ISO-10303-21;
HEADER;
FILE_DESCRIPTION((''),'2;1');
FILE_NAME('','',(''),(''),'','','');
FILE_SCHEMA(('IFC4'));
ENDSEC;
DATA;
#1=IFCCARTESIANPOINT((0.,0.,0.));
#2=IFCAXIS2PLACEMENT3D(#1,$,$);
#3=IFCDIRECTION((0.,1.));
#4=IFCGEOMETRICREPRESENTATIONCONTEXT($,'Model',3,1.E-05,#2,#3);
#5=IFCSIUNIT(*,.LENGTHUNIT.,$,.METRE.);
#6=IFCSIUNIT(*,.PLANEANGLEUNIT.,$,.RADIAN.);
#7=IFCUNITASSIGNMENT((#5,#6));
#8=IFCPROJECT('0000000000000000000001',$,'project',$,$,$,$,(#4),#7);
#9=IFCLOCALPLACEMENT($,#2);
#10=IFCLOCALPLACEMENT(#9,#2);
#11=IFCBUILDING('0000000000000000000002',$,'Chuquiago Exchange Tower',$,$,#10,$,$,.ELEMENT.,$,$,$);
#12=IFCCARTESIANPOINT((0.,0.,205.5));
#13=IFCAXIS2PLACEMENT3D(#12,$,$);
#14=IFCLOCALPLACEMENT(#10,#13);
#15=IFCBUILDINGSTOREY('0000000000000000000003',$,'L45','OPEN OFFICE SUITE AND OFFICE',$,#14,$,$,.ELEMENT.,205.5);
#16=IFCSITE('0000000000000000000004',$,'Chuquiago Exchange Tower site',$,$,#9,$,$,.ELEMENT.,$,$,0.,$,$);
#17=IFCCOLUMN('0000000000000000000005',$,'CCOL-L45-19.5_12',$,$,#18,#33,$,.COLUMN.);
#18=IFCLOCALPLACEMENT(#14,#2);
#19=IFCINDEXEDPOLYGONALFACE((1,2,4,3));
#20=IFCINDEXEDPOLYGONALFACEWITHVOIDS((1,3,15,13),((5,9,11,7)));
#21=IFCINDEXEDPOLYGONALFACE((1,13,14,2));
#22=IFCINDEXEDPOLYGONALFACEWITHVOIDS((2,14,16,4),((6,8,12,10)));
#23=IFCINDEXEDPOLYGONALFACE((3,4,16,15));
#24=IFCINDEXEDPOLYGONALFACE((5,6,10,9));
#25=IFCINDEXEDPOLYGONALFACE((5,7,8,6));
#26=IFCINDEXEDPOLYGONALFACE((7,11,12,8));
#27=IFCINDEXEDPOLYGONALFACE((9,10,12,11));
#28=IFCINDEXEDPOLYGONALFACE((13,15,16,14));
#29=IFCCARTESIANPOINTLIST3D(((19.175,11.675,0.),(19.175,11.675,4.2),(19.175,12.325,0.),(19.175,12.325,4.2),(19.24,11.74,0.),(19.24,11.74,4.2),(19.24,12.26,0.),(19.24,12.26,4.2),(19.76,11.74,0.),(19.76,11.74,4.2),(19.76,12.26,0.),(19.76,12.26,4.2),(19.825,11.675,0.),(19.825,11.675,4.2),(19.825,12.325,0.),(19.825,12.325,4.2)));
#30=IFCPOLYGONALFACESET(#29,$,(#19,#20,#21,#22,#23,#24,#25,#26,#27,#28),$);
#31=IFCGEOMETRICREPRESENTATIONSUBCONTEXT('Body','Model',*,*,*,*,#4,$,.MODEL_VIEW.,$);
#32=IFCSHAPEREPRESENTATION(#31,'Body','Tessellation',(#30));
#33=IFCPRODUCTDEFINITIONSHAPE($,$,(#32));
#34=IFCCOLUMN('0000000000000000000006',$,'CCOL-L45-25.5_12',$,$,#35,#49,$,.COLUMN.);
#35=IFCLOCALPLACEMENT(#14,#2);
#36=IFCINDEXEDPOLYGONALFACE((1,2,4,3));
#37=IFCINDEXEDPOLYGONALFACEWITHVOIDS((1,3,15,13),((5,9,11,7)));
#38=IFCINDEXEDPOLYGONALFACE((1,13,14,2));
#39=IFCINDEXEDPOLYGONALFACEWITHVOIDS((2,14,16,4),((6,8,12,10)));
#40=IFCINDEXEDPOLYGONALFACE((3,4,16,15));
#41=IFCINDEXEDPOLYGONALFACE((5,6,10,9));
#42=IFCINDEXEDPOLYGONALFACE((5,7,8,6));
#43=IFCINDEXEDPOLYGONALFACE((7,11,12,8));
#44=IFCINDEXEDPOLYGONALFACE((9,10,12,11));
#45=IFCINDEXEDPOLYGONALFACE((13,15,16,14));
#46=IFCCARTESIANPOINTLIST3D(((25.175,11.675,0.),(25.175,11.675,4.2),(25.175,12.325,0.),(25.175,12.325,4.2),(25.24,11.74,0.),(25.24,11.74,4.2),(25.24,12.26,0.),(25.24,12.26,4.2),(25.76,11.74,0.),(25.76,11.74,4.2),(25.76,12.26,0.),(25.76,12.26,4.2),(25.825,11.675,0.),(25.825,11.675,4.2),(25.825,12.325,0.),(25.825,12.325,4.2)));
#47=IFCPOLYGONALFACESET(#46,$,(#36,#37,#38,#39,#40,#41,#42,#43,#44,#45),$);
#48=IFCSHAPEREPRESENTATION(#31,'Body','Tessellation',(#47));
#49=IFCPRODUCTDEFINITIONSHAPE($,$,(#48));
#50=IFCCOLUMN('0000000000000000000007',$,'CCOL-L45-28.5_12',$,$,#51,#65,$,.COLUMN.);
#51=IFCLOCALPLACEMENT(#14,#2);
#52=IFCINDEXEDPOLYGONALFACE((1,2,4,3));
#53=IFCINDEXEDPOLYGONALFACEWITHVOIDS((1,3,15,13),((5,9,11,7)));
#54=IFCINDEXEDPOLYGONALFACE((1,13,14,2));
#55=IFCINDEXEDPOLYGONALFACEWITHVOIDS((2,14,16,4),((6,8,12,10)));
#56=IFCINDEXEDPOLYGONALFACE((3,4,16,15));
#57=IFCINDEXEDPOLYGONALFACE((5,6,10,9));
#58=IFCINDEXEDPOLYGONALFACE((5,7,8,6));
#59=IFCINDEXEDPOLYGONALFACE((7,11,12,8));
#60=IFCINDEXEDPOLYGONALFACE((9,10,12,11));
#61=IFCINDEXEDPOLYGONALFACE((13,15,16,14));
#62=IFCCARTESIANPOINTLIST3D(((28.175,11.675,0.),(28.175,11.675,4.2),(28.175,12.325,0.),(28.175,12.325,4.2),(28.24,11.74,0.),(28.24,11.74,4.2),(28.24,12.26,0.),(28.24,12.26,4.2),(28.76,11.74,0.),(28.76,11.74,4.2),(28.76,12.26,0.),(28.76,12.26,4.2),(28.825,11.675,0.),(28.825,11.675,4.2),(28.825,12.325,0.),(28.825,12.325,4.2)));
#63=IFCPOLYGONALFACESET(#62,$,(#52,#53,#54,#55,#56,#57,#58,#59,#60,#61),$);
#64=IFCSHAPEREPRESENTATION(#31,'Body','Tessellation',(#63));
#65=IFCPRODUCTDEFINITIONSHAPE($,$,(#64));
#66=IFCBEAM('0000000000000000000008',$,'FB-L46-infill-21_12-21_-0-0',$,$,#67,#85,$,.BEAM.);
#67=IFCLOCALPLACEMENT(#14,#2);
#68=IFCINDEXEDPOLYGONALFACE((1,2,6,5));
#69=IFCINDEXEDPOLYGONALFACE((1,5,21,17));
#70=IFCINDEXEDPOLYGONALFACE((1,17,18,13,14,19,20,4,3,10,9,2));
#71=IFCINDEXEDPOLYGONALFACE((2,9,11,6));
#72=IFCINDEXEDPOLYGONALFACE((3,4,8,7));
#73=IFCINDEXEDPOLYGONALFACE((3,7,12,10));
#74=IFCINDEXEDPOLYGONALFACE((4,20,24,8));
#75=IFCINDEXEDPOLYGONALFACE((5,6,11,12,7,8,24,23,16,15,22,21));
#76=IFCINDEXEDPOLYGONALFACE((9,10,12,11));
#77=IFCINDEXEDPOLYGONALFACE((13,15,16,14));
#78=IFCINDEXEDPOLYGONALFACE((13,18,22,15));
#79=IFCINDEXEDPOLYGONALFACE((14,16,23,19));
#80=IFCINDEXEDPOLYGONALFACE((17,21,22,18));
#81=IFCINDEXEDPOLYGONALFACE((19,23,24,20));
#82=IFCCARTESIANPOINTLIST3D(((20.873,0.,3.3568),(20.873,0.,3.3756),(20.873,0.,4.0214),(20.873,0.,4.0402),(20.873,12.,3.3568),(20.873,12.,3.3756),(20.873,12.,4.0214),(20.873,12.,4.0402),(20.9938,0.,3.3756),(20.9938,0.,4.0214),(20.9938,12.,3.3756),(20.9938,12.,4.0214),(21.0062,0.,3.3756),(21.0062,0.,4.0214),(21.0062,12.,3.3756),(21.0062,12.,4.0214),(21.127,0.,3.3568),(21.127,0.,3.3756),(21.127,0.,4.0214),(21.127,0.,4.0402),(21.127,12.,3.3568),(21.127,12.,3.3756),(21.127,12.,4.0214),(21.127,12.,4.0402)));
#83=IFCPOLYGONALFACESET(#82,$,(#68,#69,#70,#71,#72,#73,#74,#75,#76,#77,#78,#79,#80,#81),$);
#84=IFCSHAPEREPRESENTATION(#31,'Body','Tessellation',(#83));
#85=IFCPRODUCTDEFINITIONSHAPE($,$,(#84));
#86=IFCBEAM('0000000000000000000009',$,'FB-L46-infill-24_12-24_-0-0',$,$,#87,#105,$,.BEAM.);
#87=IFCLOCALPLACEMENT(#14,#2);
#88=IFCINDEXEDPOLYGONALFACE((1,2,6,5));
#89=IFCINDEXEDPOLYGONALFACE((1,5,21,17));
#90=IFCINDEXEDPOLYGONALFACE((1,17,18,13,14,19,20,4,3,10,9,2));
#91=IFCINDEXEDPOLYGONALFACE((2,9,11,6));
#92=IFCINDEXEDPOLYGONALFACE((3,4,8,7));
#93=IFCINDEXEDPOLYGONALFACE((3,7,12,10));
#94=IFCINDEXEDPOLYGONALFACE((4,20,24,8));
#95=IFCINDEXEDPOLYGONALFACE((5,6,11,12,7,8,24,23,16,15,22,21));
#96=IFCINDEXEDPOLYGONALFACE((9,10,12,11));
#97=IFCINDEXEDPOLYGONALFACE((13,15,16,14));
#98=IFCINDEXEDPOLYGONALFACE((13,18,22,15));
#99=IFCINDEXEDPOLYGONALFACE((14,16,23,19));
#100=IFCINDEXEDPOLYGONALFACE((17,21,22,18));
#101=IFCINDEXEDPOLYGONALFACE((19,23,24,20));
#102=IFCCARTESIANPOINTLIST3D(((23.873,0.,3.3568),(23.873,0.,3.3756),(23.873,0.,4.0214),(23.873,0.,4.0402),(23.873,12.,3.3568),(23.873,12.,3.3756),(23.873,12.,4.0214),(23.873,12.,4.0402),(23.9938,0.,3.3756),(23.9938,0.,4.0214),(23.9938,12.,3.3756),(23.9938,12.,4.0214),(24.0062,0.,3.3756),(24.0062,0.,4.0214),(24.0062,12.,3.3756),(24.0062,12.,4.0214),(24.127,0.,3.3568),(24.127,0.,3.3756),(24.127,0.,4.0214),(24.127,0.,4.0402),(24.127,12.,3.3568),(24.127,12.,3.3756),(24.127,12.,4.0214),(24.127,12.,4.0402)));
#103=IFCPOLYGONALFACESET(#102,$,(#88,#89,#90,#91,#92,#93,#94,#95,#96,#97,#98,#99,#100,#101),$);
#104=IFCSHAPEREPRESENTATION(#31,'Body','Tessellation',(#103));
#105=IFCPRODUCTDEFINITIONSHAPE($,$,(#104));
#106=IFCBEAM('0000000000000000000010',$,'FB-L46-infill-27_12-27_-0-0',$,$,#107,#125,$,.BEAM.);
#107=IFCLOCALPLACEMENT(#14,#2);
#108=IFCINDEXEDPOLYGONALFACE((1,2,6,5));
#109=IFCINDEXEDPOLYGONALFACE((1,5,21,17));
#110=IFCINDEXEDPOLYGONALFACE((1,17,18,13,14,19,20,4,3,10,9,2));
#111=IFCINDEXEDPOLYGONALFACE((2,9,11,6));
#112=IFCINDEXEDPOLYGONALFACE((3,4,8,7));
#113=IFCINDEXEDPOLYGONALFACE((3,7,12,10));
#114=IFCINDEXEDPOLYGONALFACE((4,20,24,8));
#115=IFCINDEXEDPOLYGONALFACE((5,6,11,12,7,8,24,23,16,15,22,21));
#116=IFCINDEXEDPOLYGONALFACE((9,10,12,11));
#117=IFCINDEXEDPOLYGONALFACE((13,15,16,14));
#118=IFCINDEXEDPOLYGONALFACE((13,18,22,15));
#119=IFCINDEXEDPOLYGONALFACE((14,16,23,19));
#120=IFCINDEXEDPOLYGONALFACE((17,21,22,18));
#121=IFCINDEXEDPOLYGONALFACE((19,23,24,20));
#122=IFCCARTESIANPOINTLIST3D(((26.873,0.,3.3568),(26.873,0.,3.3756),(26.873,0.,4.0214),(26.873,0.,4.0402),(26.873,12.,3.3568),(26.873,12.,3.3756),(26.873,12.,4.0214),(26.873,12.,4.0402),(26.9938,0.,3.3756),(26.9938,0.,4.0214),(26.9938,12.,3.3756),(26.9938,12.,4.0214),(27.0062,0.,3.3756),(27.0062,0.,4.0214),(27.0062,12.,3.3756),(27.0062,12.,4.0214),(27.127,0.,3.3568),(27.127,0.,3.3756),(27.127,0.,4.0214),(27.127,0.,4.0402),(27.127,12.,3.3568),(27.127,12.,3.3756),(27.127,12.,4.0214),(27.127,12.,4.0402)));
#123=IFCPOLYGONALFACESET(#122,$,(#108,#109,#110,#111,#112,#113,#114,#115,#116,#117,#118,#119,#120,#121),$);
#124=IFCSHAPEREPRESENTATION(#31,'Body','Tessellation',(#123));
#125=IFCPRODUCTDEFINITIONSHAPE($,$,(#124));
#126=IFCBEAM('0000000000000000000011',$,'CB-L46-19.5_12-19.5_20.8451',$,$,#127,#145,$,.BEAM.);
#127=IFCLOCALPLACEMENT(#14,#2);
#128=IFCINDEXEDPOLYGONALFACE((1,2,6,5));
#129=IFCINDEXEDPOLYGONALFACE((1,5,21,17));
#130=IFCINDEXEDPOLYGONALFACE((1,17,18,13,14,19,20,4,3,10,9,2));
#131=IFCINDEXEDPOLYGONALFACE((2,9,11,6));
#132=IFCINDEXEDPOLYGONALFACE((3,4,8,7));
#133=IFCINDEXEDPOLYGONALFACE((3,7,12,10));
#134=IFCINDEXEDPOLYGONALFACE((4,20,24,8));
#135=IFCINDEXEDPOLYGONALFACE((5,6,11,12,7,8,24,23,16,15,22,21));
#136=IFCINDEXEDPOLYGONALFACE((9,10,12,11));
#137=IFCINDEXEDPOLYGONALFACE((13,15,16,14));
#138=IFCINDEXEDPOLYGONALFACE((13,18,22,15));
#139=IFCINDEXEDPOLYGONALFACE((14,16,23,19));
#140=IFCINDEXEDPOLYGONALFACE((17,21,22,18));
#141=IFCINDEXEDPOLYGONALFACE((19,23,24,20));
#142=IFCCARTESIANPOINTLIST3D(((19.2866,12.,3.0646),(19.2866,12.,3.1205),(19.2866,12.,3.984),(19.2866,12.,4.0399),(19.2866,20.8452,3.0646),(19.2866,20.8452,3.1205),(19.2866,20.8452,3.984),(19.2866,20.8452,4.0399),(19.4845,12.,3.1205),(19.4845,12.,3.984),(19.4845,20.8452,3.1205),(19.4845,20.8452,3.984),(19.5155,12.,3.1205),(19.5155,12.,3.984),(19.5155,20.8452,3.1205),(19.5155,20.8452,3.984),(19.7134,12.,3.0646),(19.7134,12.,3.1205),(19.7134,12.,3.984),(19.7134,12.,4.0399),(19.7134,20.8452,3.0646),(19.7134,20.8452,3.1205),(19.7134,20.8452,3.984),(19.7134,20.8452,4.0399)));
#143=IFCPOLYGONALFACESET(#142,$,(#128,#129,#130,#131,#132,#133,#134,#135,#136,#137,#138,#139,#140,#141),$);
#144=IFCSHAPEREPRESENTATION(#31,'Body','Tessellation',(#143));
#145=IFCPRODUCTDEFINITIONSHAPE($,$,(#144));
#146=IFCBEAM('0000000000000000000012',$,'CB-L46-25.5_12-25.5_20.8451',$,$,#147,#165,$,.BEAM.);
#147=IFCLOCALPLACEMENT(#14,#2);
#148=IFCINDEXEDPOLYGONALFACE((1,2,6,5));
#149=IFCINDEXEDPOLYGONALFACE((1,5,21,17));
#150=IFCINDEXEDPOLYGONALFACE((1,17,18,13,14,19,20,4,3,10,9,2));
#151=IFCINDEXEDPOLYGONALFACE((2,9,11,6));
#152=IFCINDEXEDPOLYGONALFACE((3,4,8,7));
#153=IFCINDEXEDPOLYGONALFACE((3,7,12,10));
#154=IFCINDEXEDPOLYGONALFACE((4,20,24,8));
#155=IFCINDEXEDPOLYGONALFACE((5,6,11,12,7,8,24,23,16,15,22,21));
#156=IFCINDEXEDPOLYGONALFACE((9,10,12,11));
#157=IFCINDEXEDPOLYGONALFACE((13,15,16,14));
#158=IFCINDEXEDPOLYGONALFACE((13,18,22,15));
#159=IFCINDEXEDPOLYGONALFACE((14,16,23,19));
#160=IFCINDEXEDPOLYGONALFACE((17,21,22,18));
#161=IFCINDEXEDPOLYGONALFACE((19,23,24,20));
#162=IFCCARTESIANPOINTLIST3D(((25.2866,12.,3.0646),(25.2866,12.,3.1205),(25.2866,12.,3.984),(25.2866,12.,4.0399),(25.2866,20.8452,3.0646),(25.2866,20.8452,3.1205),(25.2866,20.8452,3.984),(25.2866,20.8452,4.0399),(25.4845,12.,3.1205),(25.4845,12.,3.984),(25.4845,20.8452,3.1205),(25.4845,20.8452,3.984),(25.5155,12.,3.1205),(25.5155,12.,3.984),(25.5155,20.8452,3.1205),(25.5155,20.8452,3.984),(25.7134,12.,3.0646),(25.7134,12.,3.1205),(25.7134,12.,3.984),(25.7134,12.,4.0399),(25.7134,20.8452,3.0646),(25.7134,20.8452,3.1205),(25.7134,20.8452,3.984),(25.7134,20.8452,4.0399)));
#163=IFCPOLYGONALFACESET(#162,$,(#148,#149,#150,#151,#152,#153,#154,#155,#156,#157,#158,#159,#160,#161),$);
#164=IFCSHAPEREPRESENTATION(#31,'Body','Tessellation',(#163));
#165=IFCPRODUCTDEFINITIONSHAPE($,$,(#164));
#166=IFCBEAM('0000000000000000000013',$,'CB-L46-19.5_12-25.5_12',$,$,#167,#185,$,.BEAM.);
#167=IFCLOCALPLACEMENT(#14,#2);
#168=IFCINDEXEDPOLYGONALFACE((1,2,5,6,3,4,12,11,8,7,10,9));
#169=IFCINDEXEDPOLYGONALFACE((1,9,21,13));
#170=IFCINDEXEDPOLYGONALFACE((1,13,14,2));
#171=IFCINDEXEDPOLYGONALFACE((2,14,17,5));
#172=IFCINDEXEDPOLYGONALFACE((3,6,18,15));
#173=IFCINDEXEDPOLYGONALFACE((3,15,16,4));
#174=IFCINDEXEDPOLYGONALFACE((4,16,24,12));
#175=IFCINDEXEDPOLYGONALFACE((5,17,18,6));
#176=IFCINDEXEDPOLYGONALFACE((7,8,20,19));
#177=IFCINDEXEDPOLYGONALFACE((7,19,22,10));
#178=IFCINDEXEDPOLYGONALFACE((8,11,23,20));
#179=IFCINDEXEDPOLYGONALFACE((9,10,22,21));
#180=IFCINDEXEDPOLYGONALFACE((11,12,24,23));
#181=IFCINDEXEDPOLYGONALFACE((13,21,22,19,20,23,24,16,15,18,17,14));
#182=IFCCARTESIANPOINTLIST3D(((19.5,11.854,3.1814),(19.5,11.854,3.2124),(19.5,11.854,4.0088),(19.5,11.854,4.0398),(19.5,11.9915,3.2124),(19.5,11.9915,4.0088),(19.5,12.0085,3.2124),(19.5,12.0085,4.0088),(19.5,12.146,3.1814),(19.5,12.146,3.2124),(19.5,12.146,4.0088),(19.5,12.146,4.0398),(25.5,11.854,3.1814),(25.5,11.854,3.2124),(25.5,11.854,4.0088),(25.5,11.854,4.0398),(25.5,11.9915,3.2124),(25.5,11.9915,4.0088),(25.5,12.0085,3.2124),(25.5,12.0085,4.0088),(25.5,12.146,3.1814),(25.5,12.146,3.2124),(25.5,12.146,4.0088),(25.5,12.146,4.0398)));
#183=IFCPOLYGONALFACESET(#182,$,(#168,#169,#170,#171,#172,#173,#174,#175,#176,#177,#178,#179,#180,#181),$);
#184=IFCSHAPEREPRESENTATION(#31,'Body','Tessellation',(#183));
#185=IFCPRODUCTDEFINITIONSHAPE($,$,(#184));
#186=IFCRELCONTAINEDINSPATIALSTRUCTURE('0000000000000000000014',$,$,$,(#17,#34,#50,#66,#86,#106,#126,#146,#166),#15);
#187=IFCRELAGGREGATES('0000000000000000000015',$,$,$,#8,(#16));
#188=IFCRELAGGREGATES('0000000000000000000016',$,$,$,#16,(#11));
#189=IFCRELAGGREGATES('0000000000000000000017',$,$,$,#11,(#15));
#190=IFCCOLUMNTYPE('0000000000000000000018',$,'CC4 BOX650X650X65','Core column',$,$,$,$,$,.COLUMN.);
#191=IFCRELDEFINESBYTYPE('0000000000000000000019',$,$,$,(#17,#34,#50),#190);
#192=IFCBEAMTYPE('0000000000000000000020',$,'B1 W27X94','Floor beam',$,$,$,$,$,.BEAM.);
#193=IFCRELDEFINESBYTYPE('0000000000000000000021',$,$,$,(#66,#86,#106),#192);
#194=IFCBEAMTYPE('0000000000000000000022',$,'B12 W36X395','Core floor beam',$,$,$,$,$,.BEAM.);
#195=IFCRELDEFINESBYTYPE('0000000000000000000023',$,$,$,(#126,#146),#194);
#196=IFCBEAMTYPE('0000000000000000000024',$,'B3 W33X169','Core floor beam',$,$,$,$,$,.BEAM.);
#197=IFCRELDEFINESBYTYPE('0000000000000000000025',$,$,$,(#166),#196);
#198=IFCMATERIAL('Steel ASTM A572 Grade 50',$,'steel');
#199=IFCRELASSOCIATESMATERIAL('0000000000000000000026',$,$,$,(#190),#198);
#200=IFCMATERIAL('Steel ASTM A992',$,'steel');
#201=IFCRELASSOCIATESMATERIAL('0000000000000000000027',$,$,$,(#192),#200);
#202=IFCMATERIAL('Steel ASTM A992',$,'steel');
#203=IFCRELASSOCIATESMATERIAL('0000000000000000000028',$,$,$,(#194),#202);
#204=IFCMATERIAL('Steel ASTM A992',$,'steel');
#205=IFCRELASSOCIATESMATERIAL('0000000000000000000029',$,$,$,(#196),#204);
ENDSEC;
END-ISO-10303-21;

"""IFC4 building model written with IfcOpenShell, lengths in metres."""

from ifc_helpers import new_model, si_unit, direction, frame, origin, origin_2d, place, context, subcontext, project, spatial, hollow_rectangle, i_section, extrude, material, material_profile, profile_set, type_object, element, save


model = new_model("IFC4")

# Units and contexts
model_context = context("Model", 3, precision=1e-05, world=origin(), true_north=direction((0.0, 1.0)))
body_context = subcontext(model_context, "Body", "Model", "MODEL_VIEW")
ifc_project = project(units=[si_unit("LENGTHUNIT", "METRE"), si_unit("PLANEANGLEUNIT", "RADIAN")], contexts=[model_context])

# Site, building, storey
site_placement = place(None, origin())
site = spatial("IfcSite", under=ifc_project, at=site_placement, Name="Chuquiago Exchange Tower site", CompositionType="ELEMENT", RefElevation=0.0)
building_placement = place(site_placement, origin())
building = spatial("IfcBuilding", under=site, at=building_placement, Name="Chuquiago Exchange Tower", CompositionType="ELEMENT")
storey_placement = place(building_placement, frame((0.0, 0.0, 205.5)))
storey = spatial("IfcBuildingStorey", under=building, at=storey_placement, Name="L45", Description="OPEN OFFICE SUITE AND OFFICE", CompositionType="ELEMENT", Elevation=205.5)

# Columns
ifc_material_1 = material(Name="Steel ASTM A572 Grade 50", Category="steel")
ifc_material_profile_1 = material_profile(ifc_material_1, hollow_rectangle(XDim=0.6499, YDim=0.6499, WallThickness=0.0649, at=origin_2d()), Name="BOX650X650X65")
ifc_profile_set_1 = profile_set([ifc_material_profile_1], Name="Steel ASTM A572 Grade 50")
column_type = type_object("IfcColumnType", Name="CC4 BOX650X650X65", Description="Core column", PredefinedType="COLUMN", material=ifc_profile_set_1)
for number, where, z_axis, x_axis, name in (
    (1, (19.5, 12.0, 0.0), (0.0, 0.0, 1.0), (1.0, 0.0, 0.0), "CCOL-L45-19.5_12"),
    (2, (25.5, 12.0, 0.0), (0.0, 0.0, 1.0), (1.0, 0.0, 0.0), "CCOL-L45-25.5_12"),
    (3, (28.5, 12.0, 0.0), (0.0, 0.0, 1.0), (1.0, 0.0, 0.0), "CCOL-L45-28.5_12"),
):
    element("IfcColumn", number, at=place(storey_placement, frame(where, z_axis=z_axis, x_axis=x_axis)), inside=storey, type_object=column_type, Name=name, PredefinedType="COLUMN", context=body_context, shape_type="SweptSolid", body=[
        extrude(hollow_rectangle(XDim=0.6499, YDim=0.6499, WallThickness=0.0649, at=origin_2d()), origin(), (0.0, 0.0, 1.0), 4.2),
    ])

# Beams
ifc_material_2 = material(Name="Steel ASTM A992", Category="steel")
ifc_material_profile_2 = material_profile(ifc_material_2, i_section(OverallWidth=0.2539, OverallDepth=0.6833, WebThickness=0.0125, FlangeThickness=0.0188, at=origin_2d()), Name="W27X94")
ifc_profile_set_2 = profile_set([ifc_material_profile_2], Name="Steel ASTM A992")
beam_type_1 = type_object("IfcBeamType", Name="B1 W27X94", Description="Floor beam", PredefinedType="BEAM", material=ifc_profile_set_2)
for number, where, z_axis, x_axis, name in (
    (4, (21.0, 12.0, 3.6985), (0.0, -1.0, 0.0), (1.0, 0.0, 0.0), "FB-L46-infill-21_12-21_-0-0"),
    (5, (24.0, 12.0, 3.6985), (0.0, -1.0, 0.0), (1.0, 0.0, 0.0), "FB-L46-infill-24_12-24_-0-0"),
    (6, (27.0, 12.0, 3.6985), (0.0, -1.0, 0.0), (1.0, 0.0, 0.0), "FB-L46-infill-27_12-27_-0-0"),
):
    element("IfcBeam", number, at=place(storey_placement, frame(where, z_axis=z_axis, x_axis=x_axis)), inside=storey, type_object=beam_type_1, Name=name, PredefinedType="BEAM", context=body_context, shape_type="SweptSolid", body=[
        extrude(i_section(OverallWidth=0.2539, OverallDepth=0.6833, WebThickness=0.0125, FlangeThickness=0.0188, at=origin_2d()), origin(), (0.0, 0.0, 1.0), 12.0),
    ])
ifc_material_3 = material(Name="Steel ASTM A992", Category="steel")
ifc_material_profile_3 = material_profile(ifc_material_3, i_section(OverallWidth=0.4268, OverallDepth=0.9753, WebThickness=0.031, FlangeThickness=0.0559, at=origin_2d()), Name="W36X395")
ifc_profile_set_3 = profile_set([ifc_material_profile_3], Name="Steel ASTM A992")
beam_type_2 = type_object("IfcBeamType", Name="B12 W36X395", Description="Core floor beam", PredefinedType="BEAM", material=ifc_profile_set_3)
for number, where, z_axis, x_axis, name in (
    (7, (19.5, 12.0, 3.5522), (0.0, 1.0, 0.0), (-1.0, 0.0, 0.0), "CB-L46-19.5_12-19.5_20.8451"),
    (8, (25.5, 12.0, 3.5522), (0.0, 1.0, 0.0), (-1.0, 0.0, 0.0), "CB-L46-25.5_12-25.5_20.8451"),
):
    element("IfcBeam", number, at=place(storey_placement, frame(where, z_axis=z_axis, x_axis=x_axis)), inside=storey, type_object=beam_type_2, Name=name, PredefinedType="BEAM", context=body_context, shape_type="SweptSolid", body=[
        extrude(i_section(OverallWidth=0.4268, OverallDepth=0.9753, WebThickness=0.031, FlangeThickness=0.0559, at=origin_2d()), origin(), (0.0, 0.0, 1.0), 8.8452),
    ])
ifc_material_4 = material(Name="Steel ASTM A992", Category="steel")
ifc_material_profile_4 = material_profile(ifc_material_4, i_section(OverallWidth=0.292, OverallDepth=0.8584, WebThickness=0.0171, FlangeThickness=0.031, at=origin_2d()), Name="W33X169")
ifc_profile_set_4 = profile_set([ifc_material_profile_4], Name="Steel ASTM A992")
beam_type_3 = type_object("IfcBeamType", Name="B3 W33X169", Description="Core floor beam", PredefinedType="BEAM", material=ifc_profile_set_4)
beam_1_placement = place(storey_placement, frame((19.5, 12.0, 3.6106), z_axis=(1.0, 0.0, 0.0), x_axis=(0.0, 1.0, 0.0)))
element("IfcBeam", 9, at=beam_1_placement, inside=storey, type_object=beam_type_3, Name="CB-L46-19.5_12-25.5_12", PredefinedType="BEAM", context=body_context, shape_type="SweptSolid", body=[
    extrude(i_section(OverallWidth=0.292, OverallDepth=0.8584, WebThickness=0.0171, FlangeThickness=0.031, at=origin_2d()), origin(), (0.0, 0.0, 1.0), 6.0),
])

save(model, "model.ifc")
